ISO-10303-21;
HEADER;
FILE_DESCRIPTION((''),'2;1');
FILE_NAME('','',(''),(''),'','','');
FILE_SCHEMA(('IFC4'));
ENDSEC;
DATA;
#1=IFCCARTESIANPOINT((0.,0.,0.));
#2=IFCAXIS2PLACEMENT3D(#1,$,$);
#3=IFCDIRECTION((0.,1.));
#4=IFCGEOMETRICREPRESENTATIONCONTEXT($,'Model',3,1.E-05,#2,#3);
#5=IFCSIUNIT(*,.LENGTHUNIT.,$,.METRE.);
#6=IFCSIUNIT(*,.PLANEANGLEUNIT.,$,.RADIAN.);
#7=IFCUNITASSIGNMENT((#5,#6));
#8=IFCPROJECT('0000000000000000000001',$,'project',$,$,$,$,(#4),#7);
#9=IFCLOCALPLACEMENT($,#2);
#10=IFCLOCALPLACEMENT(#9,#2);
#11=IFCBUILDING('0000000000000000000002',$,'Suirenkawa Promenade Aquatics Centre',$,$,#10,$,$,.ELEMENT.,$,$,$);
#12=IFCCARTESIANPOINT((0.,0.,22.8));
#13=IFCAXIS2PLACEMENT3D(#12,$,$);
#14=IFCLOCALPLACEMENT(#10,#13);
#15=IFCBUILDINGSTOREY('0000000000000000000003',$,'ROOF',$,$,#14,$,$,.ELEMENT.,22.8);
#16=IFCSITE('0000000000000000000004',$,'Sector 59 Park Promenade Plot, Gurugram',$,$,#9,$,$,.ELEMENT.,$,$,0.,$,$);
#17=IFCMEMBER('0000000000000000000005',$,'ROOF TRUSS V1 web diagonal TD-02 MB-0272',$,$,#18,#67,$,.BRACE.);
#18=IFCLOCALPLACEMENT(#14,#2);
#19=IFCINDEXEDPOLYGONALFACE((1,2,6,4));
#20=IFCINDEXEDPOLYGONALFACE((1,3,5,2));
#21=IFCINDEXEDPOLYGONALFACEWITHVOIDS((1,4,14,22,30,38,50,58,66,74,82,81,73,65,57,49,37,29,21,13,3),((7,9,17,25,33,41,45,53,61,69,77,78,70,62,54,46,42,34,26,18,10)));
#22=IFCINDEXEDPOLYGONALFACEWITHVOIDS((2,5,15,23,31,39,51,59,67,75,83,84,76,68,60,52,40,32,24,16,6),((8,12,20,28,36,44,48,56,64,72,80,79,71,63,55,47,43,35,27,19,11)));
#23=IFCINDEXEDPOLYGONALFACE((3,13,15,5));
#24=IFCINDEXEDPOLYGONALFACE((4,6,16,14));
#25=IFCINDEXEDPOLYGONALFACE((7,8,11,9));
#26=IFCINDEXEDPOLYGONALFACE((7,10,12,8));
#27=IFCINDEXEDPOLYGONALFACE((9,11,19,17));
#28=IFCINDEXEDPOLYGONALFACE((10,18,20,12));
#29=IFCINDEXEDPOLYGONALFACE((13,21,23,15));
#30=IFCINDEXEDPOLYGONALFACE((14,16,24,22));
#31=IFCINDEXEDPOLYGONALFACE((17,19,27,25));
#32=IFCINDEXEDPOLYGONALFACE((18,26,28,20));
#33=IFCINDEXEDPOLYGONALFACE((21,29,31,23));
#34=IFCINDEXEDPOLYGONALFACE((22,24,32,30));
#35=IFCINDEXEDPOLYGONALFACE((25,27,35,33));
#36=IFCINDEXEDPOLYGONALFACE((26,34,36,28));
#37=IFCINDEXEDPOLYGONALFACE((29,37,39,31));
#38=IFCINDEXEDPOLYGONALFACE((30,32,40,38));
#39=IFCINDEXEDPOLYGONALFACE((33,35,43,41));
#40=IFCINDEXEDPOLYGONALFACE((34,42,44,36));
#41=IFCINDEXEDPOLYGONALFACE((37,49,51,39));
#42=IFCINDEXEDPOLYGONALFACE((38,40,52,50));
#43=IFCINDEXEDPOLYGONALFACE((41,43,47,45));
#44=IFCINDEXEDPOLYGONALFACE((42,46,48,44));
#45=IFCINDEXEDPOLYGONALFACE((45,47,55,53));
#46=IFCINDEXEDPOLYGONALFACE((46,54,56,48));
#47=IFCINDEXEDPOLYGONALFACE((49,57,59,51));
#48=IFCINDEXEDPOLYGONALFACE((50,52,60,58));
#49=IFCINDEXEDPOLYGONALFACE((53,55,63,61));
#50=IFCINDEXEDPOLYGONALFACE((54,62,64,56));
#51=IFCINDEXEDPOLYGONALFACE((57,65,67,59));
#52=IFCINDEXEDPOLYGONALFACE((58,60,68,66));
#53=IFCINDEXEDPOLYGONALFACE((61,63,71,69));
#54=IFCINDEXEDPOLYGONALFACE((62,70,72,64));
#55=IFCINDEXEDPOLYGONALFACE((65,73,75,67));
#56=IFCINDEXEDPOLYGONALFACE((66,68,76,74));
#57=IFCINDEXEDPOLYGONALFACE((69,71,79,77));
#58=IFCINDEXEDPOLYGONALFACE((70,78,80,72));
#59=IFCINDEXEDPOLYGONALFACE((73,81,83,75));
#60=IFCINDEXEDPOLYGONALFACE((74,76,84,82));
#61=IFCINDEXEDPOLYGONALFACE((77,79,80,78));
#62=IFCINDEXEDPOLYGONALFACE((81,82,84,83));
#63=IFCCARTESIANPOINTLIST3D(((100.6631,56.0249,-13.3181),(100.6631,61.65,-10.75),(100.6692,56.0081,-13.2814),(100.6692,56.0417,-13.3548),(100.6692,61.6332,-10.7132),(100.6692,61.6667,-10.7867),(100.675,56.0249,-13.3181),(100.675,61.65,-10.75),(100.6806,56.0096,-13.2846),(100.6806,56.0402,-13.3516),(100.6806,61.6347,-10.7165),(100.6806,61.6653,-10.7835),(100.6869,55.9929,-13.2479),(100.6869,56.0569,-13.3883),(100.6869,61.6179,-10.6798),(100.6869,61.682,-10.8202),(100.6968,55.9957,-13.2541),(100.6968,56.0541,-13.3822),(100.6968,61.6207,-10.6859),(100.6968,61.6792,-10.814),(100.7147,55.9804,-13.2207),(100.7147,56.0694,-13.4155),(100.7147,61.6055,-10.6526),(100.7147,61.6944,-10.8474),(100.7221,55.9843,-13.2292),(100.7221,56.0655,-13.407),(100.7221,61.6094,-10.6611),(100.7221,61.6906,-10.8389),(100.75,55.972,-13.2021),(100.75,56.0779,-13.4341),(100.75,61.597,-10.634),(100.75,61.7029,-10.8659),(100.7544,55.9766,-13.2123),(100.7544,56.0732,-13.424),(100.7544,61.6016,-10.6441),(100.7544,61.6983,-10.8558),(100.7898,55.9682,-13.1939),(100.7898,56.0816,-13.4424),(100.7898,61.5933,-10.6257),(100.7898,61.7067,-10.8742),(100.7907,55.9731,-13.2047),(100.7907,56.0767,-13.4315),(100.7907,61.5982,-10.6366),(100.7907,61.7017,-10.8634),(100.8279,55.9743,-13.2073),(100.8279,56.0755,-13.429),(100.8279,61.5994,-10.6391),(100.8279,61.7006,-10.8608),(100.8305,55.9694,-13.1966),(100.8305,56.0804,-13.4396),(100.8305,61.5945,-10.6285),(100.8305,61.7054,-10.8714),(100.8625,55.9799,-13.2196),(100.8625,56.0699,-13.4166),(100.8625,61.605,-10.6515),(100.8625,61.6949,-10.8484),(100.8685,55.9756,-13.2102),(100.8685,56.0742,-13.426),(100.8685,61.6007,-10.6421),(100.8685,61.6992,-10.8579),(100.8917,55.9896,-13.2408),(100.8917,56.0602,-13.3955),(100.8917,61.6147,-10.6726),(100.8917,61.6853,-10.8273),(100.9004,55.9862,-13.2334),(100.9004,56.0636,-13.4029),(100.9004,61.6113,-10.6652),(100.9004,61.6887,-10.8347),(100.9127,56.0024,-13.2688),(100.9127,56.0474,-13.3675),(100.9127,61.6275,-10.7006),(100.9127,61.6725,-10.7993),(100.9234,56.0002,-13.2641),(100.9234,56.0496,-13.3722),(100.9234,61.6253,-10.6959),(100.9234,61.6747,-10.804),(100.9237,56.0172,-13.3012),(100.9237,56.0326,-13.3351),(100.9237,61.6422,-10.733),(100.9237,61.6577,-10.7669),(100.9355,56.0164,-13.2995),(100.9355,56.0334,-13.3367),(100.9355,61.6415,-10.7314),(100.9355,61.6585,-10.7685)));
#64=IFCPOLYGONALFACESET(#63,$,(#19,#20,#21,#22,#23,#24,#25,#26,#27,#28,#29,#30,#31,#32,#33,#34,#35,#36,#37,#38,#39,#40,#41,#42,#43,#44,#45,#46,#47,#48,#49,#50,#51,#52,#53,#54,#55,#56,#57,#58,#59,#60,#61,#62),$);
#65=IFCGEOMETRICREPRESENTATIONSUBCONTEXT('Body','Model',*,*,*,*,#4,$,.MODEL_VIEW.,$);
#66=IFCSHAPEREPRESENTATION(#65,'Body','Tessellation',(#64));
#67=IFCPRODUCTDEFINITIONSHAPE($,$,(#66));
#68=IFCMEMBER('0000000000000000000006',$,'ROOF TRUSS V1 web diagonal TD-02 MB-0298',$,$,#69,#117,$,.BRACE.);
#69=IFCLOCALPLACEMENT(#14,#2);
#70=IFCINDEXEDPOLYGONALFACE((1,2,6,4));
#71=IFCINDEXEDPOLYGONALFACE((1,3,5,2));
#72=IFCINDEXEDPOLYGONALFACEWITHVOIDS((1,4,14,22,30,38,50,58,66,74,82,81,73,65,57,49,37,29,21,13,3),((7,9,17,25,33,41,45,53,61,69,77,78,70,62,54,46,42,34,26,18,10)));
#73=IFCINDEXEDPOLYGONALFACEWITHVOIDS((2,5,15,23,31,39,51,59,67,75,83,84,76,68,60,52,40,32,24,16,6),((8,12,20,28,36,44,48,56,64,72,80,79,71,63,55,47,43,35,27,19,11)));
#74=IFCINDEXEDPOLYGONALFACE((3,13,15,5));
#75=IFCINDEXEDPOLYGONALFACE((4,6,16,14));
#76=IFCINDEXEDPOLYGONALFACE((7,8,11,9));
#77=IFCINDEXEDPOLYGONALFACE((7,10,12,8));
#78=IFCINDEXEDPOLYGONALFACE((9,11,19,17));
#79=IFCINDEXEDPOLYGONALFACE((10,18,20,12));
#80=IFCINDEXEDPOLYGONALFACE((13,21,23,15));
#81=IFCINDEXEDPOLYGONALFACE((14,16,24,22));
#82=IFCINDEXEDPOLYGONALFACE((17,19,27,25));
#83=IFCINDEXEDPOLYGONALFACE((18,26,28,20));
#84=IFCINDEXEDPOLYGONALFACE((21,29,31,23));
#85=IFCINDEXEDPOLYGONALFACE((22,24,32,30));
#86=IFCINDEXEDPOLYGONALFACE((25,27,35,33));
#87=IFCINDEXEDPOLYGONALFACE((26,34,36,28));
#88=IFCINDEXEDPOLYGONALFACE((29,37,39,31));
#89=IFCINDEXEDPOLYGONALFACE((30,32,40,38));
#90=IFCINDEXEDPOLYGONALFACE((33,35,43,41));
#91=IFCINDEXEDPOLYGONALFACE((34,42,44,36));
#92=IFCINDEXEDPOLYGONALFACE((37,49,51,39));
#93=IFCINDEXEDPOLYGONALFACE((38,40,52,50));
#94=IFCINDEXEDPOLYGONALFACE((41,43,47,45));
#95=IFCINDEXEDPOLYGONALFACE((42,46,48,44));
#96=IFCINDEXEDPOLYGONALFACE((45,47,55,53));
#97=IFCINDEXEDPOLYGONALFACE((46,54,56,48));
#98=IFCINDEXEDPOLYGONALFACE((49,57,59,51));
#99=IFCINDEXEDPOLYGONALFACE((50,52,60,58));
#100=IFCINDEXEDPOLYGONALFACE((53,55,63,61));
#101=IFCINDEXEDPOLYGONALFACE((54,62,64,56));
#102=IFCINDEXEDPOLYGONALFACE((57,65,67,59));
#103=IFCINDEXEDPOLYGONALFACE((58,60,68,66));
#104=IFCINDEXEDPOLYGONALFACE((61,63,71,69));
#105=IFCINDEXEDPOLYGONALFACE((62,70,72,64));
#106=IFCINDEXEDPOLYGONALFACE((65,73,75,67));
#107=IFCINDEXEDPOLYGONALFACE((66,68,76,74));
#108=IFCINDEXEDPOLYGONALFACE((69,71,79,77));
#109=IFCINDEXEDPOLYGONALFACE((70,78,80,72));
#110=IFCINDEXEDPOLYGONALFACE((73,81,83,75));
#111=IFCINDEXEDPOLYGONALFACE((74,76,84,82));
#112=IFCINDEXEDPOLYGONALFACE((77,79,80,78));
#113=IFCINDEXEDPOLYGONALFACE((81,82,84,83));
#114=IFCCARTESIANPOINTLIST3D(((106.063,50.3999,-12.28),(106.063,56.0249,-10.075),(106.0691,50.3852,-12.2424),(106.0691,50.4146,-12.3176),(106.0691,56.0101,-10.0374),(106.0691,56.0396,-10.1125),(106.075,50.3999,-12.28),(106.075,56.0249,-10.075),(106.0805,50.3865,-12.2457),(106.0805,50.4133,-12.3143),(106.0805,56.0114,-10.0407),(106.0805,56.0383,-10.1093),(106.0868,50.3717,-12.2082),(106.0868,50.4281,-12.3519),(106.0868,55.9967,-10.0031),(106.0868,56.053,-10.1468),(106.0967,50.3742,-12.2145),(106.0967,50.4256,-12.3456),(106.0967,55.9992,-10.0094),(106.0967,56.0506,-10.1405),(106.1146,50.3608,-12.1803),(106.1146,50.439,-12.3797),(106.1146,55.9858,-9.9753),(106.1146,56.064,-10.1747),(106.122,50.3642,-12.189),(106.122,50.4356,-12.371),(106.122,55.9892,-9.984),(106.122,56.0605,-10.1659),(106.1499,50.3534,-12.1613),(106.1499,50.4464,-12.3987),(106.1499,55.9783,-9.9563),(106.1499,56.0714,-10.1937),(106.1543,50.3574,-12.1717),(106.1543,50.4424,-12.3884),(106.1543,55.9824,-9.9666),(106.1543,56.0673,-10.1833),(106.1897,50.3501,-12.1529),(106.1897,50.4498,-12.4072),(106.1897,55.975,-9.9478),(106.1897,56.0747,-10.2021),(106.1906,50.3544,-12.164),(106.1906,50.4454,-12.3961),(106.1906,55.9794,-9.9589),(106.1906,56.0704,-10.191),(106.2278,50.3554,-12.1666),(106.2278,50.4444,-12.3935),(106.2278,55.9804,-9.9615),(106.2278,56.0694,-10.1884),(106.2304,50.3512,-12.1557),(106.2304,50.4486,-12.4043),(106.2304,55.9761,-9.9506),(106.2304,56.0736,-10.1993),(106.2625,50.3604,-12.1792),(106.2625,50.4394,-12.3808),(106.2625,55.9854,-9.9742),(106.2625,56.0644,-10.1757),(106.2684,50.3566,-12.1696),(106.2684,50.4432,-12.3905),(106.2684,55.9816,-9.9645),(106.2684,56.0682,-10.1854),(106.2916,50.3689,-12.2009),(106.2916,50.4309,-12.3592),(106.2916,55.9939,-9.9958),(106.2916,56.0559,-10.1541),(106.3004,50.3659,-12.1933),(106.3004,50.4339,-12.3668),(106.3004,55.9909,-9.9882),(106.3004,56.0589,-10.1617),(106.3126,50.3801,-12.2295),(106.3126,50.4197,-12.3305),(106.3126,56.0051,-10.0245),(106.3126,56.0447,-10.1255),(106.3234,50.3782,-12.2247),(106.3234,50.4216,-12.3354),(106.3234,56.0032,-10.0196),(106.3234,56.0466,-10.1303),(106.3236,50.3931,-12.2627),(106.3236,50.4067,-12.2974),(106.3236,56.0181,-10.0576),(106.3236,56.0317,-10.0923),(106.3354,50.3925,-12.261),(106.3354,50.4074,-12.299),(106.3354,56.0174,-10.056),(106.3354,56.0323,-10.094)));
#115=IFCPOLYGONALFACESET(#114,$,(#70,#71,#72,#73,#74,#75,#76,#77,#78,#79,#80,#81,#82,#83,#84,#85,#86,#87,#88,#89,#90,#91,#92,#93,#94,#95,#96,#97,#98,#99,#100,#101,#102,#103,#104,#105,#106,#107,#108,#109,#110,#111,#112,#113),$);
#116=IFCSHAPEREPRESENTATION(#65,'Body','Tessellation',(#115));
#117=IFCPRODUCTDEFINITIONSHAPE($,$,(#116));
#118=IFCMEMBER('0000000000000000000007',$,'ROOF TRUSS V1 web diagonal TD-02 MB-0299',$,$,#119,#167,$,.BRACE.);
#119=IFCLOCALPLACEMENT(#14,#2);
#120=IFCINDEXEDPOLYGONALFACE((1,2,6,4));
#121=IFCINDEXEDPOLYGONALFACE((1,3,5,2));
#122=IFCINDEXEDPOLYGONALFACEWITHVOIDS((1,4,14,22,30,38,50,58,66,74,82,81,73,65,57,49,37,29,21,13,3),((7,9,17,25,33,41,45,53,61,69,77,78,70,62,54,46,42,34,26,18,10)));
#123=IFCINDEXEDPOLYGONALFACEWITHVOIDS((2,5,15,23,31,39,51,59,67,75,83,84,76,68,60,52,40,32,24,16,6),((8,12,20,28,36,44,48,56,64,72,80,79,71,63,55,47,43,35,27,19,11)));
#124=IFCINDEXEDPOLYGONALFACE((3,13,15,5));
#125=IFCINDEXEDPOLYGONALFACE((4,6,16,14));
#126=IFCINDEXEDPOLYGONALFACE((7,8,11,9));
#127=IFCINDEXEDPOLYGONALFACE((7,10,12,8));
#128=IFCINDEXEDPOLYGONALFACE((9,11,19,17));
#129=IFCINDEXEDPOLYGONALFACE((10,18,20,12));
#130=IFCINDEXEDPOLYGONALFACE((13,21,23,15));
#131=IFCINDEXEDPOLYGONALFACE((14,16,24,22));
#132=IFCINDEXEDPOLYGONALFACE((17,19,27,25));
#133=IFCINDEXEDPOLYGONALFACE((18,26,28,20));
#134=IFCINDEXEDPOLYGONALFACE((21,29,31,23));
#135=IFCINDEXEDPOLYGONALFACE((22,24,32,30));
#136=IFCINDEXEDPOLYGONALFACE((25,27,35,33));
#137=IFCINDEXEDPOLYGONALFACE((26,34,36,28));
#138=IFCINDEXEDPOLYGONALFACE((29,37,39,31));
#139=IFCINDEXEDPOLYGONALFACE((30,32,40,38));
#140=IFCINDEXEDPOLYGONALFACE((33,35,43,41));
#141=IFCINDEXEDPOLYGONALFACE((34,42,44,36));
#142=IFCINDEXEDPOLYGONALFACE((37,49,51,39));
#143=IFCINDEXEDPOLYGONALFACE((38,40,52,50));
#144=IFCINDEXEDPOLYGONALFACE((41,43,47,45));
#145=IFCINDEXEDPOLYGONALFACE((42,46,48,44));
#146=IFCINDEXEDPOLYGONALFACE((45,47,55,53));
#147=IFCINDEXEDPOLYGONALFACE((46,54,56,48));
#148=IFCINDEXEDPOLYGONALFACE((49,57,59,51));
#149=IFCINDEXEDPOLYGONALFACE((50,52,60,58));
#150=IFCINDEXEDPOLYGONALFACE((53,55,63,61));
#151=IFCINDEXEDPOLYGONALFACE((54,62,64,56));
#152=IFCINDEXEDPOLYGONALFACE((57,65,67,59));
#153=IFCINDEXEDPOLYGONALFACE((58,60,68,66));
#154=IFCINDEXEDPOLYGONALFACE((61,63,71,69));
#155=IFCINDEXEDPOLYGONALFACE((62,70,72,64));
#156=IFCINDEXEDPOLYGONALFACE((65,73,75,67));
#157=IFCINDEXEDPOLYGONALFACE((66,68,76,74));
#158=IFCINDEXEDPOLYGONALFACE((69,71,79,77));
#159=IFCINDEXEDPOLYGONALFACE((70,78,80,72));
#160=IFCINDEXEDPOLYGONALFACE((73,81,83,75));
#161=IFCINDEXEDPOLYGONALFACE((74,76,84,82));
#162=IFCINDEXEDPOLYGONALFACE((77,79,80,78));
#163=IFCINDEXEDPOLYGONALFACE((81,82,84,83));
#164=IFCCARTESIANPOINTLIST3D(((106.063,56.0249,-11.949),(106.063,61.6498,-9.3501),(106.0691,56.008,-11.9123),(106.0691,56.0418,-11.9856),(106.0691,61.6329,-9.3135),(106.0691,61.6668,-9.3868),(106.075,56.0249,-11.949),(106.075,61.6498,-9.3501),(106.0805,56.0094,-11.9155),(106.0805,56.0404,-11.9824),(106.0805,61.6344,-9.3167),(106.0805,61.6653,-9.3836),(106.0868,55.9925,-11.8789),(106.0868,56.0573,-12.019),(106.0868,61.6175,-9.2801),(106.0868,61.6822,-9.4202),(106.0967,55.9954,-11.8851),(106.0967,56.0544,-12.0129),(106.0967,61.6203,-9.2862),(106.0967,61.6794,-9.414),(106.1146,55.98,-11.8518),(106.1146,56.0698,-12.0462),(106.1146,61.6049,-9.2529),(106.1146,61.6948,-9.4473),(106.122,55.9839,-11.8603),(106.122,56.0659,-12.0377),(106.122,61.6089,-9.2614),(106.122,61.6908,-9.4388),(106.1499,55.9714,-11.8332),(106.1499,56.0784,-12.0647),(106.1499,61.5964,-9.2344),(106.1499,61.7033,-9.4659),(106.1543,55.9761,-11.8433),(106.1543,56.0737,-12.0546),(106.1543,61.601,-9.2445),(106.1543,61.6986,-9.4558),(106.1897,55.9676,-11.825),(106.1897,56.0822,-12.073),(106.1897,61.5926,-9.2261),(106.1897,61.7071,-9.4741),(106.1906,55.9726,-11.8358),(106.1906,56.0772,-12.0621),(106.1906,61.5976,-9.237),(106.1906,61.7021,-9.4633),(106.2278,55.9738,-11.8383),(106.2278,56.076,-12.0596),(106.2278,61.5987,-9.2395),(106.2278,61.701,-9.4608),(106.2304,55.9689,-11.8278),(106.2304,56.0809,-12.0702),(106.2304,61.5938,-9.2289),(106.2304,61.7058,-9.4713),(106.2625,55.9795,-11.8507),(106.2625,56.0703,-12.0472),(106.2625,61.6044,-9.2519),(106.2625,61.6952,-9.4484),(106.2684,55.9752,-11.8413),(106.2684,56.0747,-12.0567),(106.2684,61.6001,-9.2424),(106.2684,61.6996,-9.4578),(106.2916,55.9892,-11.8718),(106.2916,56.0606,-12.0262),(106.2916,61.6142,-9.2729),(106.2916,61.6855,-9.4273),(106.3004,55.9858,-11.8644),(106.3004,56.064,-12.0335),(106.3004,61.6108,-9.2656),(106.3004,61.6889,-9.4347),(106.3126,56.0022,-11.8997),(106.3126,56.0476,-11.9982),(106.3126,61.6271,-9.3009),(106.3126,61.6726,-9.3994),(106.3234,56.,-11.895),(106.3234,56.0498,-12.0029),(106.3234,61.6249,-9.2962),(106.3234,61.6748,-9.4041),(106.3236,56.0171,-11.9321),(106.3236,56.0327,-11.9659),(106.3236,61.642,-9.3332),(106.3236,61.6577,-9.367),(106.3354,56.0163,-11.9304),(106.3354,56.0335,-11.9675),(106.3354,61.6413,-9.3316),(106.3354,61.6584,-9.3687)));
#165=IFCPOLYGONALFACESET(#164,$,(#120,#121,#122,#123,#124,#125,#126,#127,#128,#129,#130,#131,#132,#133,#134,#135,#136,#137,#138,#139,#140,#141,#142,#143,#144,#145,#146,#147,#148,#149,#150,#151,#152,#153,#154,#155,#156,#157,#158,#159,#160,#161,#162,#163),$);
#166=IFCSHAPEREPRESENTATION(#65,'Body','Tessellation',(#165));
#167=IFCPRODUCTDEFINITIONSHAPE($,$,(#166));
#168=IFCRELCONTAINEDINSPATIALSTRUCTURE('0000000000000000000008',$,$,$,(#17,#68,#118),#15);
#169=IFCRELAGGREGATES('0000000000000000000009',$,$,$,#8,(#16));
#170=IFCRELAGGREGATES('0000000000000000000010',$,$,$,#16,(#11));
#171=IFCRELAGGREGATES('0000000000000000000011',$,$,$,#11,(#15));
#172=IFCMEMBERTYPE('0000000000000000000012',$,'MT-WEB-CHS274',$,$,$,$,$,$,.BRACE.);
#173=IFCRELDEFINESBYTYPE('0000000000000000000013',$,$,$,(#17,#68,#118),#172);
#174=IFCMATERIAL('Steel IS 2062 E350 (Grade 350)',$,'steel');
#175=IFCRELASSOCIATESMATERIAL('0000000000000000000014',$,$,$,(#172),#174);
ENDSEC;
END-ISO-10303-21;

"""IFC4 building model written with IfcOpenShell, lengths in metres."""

from ifc_helpers import new_model, si_unit, direction, frame, origin, origin_2d, place, context, subcontext, project, spatial, hollow_circle, extrude, material, material_profile, profile_set, type_object, element, save


model = new_model("IFC4")

# Units and contexts
model_context = context("Model", 3, precision=1e-05, world=origin(), true_north=direction((0.0, 1.0)))
body_context = subcontext(model_context, "Body", "Model", "MODEL_VIEW")
ifc_project = project(units=[si_unit("LENGTHUNIT", "METRE"), si_unit("PLANEANGLEUNIT", "RADIAN")], contexts=[model_context])

# Site, building, storey
site_placement = place(None, origin())
site = spatial("IfcSite", under=ifc_project, at=site_placement, Name="Sector 59 Park Promenade Plot, Gurugram", CompositionType="ELEMENT", RefElevation=0.0)
building_placement = place(site_placement, origin())
building = spatial("IfcBuilding", under=site, at=building_placement, Name="Suirenkawa Promenade Aquatics Centre", CompositionType="ELEMENT")
storey_placement = place(building_placement, frame((0.0, 0.0, 22.8)))
storey = spatial("IfcBuildingStorey", under=building, at=storey_placement, Name="ROOF", CompositionType="ELEMENT", Elevation=22.8)

# Shared definitions
ifc_material_1 = material(Name="Steel IS 2062 E350 (Grade 350)", Category="steel")

# Members
ifc_material_profile_1 = material_profile(ifc_material_1, hollow_circle(Radius=0.137, WallThickness=0.012, at=origin_2d()), Name="CHS 274x12", Category="steel")
ifc_profile_set_1 = profile_set([ifc_material_profile_1], Name="Steel IS 2062 E350 (Grade 350)")
member_type_1 = type_object("IfcMemberType", Name="MT-WEB-CHS274", PredefinedType="BRACE", material=ifc_profile_set_1)
member_1_placement = place(storey_placement, frame((100.8, 56.0249, -13.3181), z_axis=(0.0, 0.909677, 0.415316), x_axis=(-1.0, 0.0, 0.0)))
element("IfcMember", 1, at=member_1_placement, inside=storey, type_object=member_type_1, Name="ROOF TRUSS V1 web diagonal TD-02 MB-0272", PredefinedType="BRACE", context=body_context, shape_type="SweptSolid", body=[
    extrude(hollow_circle(Radius=0.137, WallThickness=0.012, at=origin_2d()), origin(), (0.0, 0.0, 1.0), 6.1836),
])
member_2_placement = place(storey_placement, frame((106.2, 50.3999, -12.28), z_axis=(0.0, 0.931018, 0.364972), x_axis=(-1.0, 0.0, 0.0)))
element("IfcMember", 2, at=member_2_placement, inside=storey, type_object=member_type_1, Name="ROOF TRUSS V1 web diagonal TD-02 MB-0298", PredefinedType="BRACE", context=body_context, shape_type="SweptSolid", body=[
    extrude(hollow_circle(Radius=0.137, WallThickness=0.012, at=origin_2d()), origin(), (0.0, 0.0, 1.0), 6.0417),
])
member_3_placement = place(storey_placement, frame((106.2, 56.0249, -11.949), z_axis=(0.0, 0.907792, 0.41942), x_axis=(-1.0, 0.0, 0.0)))
element("IfcMember", 3, at=member_3_placement, inside=storey, type_object=member_type_1, Name="ROOF TRUSS V1 web diagonal TD-02 MB-0299", PredefinedType="BRACE", context=body_context, shape_type="SweptSolid", body=[
    extrude(hollow_circle(Radius=0.137, WallThickness=0.012, at=origin_2d()), origin(), (0.0, 0.0, 1.0), 6.1963),
])

save(model, "model.ifc")
